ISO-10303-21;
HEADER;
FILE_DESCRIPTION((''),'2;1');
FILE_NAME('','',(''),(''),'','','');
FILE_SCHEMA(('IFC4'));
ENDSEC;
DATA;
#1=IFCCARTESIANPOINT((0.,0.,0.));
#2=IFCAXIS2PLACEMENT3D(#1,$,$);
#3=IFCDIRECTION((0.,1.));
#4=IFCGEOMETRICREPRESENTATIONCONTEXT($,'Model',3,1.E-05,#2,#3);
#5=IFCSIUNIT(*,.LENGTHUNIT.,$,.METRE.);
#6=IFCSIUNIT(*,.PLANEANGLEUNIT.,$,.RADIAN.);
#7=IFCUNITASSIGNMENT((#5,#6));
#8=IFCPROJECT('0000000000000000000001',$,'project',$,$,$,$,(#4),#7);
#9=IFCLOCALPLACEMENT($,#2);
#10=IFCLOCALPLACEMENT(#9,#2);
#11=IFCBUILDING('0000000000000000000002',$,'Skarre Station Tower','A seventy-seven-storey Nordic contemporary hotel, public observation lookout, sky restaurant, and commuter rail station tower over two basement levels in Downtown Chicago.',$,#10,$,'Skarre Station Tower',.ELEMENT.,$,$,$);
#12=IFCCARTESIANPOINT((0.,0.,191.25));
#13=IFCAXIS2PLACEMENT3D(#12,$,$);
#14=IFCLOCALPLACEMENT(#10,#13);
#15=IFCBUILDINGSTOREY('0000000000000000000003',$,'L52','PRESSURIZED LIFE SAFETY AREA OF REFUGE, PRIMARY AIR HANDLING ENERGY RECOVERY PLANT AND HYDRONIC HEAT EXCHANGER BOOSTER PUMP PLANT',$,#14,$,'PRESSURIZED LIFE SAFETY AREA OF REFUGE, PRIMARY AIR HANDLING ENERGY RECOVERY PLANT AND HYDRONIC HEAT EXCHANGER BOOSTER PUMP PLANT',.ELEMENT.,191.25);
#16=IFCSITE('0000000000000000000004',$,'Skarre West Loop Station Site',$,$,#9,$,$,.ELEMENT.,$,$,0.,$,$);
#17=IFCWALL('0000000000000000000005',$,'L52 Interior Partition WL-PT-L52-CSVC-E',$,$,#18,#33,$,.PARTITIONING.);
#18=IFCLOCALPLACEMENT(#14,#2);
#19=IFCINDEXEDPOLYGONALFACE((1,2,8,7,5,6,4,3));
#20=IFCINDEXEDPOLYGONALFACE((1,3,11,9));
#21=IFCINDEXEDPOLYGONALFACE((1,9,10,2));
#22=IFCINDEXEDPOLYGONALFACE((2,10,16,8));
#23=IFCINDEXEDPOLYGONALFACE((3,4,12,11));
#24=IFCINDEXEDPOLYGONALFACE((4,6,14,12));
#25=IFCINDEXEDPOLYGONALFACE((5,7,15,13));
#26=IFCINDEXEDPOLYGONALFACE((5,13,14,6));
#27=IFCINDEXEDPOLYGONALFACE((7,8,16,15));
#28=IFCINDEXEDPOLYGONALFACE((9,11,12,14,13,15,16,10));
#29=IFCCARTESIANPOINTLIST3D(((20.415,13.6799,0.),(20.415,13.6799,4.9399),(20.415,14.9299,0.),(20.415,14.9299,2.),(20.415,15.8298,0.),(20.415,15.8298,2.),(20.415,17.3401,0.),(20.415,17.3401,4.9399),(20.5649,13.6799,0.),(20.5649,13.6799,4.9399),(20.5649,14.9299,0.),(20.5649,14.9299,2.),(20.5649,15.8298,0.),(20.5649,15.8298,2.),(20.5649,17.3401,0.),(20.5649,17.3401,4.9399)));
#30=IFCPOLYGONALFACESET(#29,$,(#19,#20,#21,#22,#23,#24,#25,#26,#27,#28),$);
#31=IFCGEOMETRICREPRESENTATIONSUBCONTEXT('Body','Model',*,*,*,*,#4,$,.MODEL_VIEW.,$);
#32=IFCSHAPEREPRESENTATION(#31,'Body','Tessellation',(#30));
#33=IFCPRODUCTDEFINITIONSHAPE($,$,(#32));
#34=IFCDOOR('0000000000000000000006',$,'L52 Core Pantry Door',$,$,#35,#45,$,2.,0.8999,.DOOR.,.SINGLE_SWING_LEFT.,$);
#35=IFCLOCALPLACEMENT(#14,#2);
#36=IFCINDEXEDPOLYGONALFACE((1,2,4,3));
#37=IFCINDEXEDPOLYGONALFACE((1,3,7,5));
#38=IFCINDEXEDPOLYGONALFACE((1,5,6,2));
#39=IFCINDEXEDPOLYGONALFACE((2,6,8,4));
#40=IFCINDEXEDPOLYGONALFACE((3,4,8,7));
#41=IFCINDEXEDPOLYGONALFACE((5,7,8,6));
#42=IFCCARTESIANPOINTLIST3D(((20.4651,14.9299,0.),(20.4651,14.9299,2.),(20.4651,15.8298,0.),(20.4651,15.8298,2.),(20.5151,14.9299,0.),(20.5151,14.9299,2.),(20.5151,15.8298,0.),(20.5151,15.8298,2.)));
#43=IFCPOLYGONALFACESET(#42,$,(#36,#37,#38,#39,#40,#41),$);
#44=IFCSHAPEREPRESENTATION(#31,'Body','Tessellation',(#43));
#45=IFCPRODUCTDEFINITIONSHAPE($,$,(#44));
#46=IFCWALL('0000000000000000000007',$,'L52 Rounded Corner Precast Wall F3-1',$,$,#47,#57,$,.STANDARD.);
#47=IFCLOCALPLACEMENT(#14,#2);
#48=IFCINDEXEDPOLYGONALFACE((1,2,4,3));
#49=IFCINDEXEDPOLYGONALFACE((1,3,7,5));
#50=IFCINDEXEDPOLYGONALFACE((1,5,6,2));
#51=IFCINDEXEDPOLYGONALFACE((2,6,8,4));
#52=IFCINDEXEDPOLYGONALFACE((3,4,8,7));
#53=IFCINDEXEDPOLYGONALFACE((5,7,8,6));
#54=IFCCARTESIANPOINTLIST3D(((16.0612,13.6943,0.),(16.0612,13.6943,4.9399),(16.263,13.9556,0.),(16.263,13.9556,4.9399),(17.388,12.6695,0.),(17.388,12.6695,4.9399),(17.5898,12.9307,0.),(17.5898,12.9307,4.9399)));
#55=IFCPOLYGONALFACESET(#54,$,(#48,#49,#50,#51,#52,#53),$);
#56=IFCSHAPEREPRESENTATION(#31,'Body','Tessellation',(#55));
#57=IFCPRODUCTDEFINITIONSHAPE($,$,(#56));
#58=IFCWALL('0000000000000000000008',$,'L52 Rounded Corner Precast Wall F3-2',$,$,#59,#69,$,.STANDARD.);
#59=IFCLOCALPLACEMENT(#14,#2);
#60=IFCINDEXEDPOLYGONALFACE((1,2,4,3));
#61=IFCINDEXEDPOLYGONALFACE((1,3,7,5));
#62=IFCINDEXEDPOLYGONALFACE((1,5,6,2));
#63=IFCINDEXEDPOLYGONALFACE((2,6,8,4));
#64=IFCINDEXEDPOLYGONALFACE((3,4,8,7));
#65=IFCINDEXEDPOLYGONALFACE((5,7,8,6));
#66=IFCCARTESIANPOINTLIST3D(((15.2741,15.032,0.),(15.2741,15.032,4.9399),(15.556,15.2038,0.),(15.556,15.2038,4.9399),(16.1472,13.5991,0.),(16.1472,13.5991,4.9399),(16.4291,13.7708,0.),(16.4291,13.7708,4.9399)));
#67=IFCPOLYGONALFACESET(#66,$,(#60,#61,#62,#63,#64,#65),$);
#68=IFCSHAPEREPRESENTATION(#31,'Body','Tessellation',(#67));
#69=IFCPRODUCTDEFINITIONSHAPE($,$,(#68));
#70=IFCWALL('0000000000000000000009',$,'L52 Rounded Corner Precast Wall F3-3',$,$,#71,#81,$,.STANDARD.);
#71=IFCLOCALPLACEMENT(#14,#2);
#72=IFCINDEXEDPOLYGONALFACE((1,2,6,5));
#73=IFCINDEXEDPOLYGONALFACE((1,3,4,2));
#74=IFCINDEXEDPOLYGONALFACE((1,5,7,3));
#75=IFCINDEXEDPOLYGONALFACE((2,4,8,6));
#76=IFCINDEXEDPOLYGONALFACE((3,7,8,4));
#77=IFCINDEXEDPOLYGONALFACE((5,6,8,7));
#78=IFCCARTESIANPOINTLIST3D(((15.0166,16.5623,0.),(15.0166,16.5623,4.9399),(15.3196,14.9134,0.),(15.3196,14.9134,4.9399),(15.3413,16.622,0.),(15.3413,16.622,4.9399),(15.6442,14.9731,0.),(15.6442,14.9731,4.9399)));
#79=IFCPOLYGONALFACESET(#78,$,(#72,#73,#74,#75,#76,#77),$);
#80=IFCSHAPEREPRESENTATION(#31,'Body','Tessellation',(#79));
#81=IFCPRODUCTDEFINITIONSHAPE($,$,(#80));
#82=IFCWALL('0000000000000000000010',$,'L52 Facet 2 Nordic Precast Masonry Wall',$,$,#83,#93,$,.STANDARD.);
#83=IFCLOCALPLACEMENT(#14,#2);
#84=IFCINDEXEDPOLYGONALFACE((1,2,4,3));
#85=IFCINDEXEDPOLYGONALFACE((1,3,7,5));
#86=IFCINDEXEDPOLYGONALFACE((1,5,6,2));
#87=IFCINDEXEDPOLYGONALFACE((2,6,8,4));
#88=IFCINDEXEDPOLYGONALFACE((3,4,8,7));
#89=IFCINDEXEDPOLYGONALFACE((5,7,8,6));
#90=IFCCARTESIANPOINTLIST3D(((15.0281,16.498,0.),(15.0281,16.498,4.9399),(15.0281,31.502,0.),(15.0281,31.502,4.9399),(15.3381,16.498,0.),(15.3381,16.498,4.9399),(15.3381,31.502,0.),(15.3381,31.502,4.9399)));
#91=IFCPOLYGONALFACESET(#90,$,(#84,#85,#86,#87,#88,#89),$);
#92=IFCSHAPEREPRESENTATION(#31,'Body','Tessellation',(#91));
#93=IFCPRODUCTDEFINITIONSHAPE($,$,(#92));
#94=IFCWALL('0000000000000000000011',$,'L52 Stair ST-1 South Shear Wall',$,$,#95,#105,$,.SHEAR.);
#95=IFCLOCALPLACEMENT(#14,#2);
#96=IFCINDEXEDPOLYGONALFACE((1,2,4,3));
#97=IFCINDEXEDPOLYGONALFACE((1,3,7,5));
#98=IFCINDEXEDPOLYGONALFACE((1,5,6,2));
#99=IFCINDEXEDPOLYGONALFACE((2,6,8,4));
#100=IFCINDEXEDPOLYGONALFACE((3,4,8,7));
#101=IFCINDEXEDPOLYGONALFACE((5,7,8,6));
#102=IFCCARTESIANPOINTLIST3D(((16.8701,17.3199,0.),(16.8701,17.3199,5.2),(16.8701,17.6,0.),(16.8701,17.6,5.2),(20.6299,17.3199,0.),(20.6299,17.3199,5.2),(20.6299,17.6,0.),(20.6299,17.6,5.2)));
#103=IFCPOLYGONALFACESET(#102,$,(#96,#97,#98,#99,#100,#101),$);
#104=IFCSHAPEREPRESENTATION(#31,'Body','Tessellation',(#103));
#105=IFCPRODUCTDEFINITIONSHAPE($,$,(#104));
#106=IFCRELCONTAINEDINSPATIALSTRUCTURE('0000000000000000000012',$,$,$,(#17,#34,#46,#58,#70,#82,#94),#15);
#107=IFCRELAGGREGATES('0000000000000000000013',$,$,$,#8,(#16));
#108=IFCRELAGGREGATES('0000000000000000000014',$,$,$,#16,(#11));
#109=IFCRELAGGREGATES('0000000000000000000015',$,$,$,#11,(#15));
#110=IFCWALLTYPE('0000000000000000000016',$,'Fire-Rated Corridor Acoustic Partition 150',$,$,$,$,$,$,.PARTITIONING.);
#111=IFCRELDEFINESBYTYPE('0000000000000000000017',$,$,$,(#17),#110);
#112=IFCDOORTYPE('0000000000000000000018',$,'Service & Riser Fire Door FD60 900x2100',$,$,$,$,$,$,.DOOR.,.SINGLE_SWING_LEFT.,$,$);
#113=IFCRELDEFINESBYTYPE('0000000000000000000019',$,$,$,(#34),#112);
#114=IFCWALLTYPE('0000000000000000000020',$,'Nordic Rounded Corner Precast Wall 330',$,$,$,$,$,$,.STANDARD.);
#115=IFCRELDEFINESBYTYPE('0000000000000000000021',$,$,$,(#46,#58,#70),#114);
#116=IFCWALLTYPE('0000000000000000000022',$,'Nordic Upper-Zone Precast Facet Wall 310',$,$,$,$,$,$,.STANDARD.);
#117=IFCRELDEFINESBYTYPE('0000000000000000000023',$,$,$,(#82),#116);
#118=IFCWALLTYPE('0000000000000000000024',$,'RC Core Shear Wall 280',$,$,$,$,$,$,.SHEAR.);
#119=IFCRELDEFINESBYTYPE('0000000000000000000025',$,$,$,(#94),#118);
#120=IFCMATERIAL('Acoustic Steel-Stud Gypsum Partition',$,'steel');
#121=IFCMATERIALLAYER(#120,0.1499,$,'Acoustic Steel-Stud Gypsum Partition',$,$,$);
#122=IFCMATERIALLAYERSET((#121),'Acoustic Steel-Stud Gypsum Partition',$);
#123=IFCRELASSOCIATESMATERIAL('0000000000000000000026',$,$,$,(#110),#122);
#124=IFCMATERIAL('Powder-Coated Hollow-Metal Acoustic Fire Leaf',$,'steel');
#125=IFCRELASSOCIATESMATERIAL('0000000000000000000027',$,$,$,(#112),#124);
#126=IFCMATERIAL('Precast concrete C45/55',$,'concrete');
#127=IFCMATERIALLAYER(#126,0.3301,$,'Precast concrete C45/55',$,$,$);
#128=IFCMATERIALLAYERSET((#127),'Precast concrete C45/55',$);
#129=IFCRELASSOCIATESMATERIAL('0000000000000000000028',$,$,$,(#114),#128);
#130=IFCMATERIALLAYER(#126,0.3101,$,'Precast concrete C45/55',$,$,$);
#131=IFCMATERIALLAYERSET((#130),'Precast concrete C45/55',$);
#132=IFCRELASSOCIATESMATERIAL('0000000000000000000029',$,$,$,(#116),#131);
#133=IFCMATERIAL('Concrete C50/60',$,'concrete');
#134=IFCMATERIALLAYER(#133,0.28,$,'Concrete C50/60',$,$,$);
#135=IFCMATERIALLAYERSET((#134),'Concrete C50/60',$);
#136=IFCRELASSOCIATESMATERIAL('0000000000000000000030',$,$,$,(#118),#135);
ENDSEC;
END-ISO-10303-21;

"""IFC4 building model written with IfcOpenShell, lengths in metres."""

from ifc_helpers import new_model, si_unit, direction, frame, frame_2d, origin, place, context, subcontext, project, spatial, rectangle, extrude, material, layer, layer_set, type_object, element, fill, save


model = new_model("IFC4")

# Units and contexts
model_context = context("Model", 3, precision=1e-05, world=origin(), true_north=direction((0.0, 1.0)))
body_context = subcontext(model_context, "Body", "Model", "MODEL_VIEW")
ifc_project = project(units=[si_unit("LENGTHUNIT", "METRE"), si_unit("PLANEANGLEUNIT", "RADIAN")], contexts=[model_context])

# Site, building, storey
site_placement = place(None, origin())
site = spatial("IfcSite", under=ifc_project, at=site_placement, Name="Skarre West Loop Station Site", CompositionType="ELEMENT", RefElevation=0.0)
building_placement = place(site_placement, origin())
building = spatial("IfcBuilding", under=site, at=building_placement, Name="Skarre Station Tower", Description="A seventy-seven-storey Nordic contemporary hotel, public observation lookout, sky restaurant, and commuter rail station tower over two basement levels in Downtown Chicago.", LongName="Skarre Station Tower", CompositionType="ELEMENT")
storey_placement = place(building_placement, frame((0.0, 0.0, 191.25)))
storey = spatial("IfcBuildingStorey", under=building, at=storey_placement, Name="L52", Description="PRESSURIZED LIFE SAFETY AREA OF REFUGE, PRIMARY AIR HANDLING ENERGY RECOVERY PLANT AND HYDRONIC HEAT EXCHANGER BOOSTER PUMP PLANT", LongName="PRESSURIZED LIFE SAFETY AREA OF REFUGE, PRIMARY AIR HANDLING ENERGY RECOVERY PLANT AND HYDRONIC HEAT EXCHANGER BOOSTER PUMP PLANT", CompositionType="ELEMENT", Elevation=191.25)

# Shared definitions
ifc_material_1 = material(Name="Concrete C50/60", Category="concrete")

# Shared definitions
ifc_material_2 = material(Name="Acoustic Steel-Stud Gypsum Partition", Category="steel")
ifc_layer_1 = layer(ifc_material_2, 0.1499, Name="Acoustic Steel-Stud Gypsum Partition")
ifc_layer_set_1 = layer_set([ifc_layer_1], Name="Acoustic Steel-Stud Gypsum Partition")
wall_type_1 = type_object("IfcWallType", Name="Fire-Rated Corridor Acoustic Partition 150", PredefinedType="PARTITIONING", material=ifc_layer_set_1)

# Wall, opening, door
wall_1_placement = place(storey_placement, frame((20.49, 13.6799, 0.0), z_axis=(0.0, 0.0, 1.0), x_axis=(0.0, 1.0, 0.0)))
wall_1 = element("IfcWall", 1, at=wall_1_placement, inside=storey, type_object=wall_type_1, Name="L52 Interior Partition WL-PT-L52-CSVC-E", PredefinedType="PARTITIONING", context=body_context, shape_type="SweptSolid", body=[
    extrude(rectangle(XDim=3.6602, YDim=0.1499, at=frame_2d((1.8301, 0.0))), origin(), (0.0, 0.0, 1.0), 4.9399),
])
opening_placement = place(wall_1_placement, frame((1.25, 0.0, 0.0)))
opening = element("IfcOpeningElement", 2, at=opening_placement, cuts=wall_1, PredefinedType="OPENING", context=body_context, shape_type="SweptSolid", body=[
    extrude(rectangle(XDim=0.8999, YDim=2.0, at=frame_2d((0.45, 1.0))), frame((0.0, 0.085, 0.0), z_axis=(0.0, -1.0, 0.0), x_axis=(1.0, 0.0, 0.0)), (0.0, 0.0, 1.0), 0.1699),
])
ifc_material_3 = material(Name="Powder-Coated Hollow-Metal Acoustic Fire Leaf", Category="steel")
door_type = type_object("IfcDoorType", Name="Service & Riser Fire Door FD60 900x2100", OperationType="SINGLE_SWING_LEFT", PredefinedType="DOOR", material=ifc_material_3)
door_placement = place(opening_placement, origin())
door = element("IfcDoor", 3, at=door_placement, inside=storey, type_object=door_type, Name="L52 Core Pantry Door", OperationType="SINGLE_SWING_LEFT", OverallHeight=2.0, OverallWidth=0.8999, PredefinedType="DOOR", context=body_context, shape_type="SweptSolid", body=[
    extrude(rectangle(XDim=0.8999, YDim=2.0, at=frame_2d((0.45, 1.0))), frame((0.0, 0.0249, 0.0), z_axis=(0.0, -1.0, 0.0), x_axis=(1.0, 0.0, 0.0)), (0.0, 0.0, 1.0), 0.05),
])
fill(opening, door)

# Walls
ifc_material_4 = material(Name="Precast concrete C45/55", Category="concrete")
ifc_layer_2 = layer(ifc_material_4, 0.3301, Name="Precast concrete C45/55")
ifc_layer_set_2 = layer_set([ifc_layer_2], Name="Precast concrete C45/55")
wall_type_2 = type_object("IfcWallType", Name="Nordic Rounded Corner Precast Wall 330", PredefinedType="STANDARD", material=ifc_layer_set_2)
wall_2_placement = place(storey_placement, frame((17.489, 12.8, 0.0), z_axis=(0.0, 0.0, 1.0), x_axis=(-0.79141, 0.611286, 0.0)))
element("IfcWall", 4, at=wall_2_placement, inside=storey, type_object=wall_type_2, Name="L52 Rounded Corner Precast Wall F3-1", PredefinedType="STANDARD", context=body_context, shape_type="SweptSolid", body=[
    extrude(rectangle(XDim=1.6765, YDim=0.3301, at=frame_2d((0.8384, 0.0))), origin(), (0.0, 0.0, 1.0), 4.9399),
])
wall_3_placement = place(storey_placement, frame((16.2881, 13.6851, 0.0), z_axis=(0.0, 0.0, 1.0), x_axis=(-0.520325, 0.853968, 0.0)))
element("IfcWall", 5, at=wall_3_placement, inside=storey, type_object=wall_type_2, Name="L52 Rounded Corner Precast Wall F3-2", PredefinedType="STANDARD", context=body_context, shape_type="SweptSolid", body=[
    extrude(rectangle(XDim=1.678, YDim=0.3301, at=frame_2d((0.8389, 0.0))), origin(), (0.0, 0.0, 1.0), 4.9399),
])
wall_4_placement = place(storey_placement, frame((15.4819, 14.9431, 0.0), z_axis=(0.0, 0.0, 1.0), x_axis=(-0.180718, 0.983535, 0.0)))
element("IfcWall", 6, at=wall_4_placement, inside=storey, type_object=wall_type_2, Name="L52 Rounded Corner Precast Wall F3-3", PredefinedType="STANDARD", context=body_context, shape_type="SweptSolid", body=[
    extrude(rectangle(XDim=1.6765, YDim=0.3301, at=frame_2d((0.8384, 0.0))), origin(), (0.0, 0.0, 1.0), 4.9399),
])
ifc_layer_3 = layer(ifc_material_4, 0.3101, Name="Precast concrete C45/55")
ifc_layer_set_3 = layer_set([ifc_layer_3], Name="Precast concrete C45/55")
wall_type_3 = type_object("IfcWallType", Name="Nordic Upper-Zone Precast Facet Wall 310", PredefinedType="STANDARD", material=ifc_layer_set_3)
wall_5_placement = place(storey_placement, frame((15.1831, 16.498, 0.0), z_axis=(0.0, 0.0, 1.0), x_axis=(0.0, 1.0, 0.0)))
element("IfcWall", 7, at=wall_5_placement, inside=storey, type_object=wall_type_3, Name="L52 Facet 2 Nordic Precast Masonry Wall", PredefinedType="STANDARD", context=body_context, shape_type="SweptSolid", body=[
    extrude(rectangle(XDim=15.0039, YDim=0.3101, at=frame_2d((7.502, 0.0))), origin(), (0.0, 0.0, 1.0), 4.9399),
])
ifc_layer_4 = layer(ifc_material_1, 0.28, Name="Concrete C50/60")
ifc_layer_set_4 = layer_set([ifc_layer_4], Name="Concrete C50/60")
wall_type_4 = type_object("IfcWallType", Name="RC Core Shear Wall 280", PredefinedType="SHEAR", material=ifc_layer_set_4)
wall_6_placement = place(storey_placement, frame((16.8701, 17.46, 0.0), z_axis=(0.0, 0.0, 1.0), x_axis=(1.0, 0.0, 0.0)))
element("IfcWall", 8, at=wall_6_placement, inside=storey, type_object=wall_type_4, Name="L52 Stair ST-1 South Shear Wall", PredefinedType="SHEAR", context=body_context, shape_type="SweptSolid", body=[
    extrude(rectangle(XDim=3.7598, YDim=0.28, at=frame_2d((1.8799, 0.0))), origin(), (0.0, 0.0, 1.0), 5.2),
])

save(model, "model.ifc")
